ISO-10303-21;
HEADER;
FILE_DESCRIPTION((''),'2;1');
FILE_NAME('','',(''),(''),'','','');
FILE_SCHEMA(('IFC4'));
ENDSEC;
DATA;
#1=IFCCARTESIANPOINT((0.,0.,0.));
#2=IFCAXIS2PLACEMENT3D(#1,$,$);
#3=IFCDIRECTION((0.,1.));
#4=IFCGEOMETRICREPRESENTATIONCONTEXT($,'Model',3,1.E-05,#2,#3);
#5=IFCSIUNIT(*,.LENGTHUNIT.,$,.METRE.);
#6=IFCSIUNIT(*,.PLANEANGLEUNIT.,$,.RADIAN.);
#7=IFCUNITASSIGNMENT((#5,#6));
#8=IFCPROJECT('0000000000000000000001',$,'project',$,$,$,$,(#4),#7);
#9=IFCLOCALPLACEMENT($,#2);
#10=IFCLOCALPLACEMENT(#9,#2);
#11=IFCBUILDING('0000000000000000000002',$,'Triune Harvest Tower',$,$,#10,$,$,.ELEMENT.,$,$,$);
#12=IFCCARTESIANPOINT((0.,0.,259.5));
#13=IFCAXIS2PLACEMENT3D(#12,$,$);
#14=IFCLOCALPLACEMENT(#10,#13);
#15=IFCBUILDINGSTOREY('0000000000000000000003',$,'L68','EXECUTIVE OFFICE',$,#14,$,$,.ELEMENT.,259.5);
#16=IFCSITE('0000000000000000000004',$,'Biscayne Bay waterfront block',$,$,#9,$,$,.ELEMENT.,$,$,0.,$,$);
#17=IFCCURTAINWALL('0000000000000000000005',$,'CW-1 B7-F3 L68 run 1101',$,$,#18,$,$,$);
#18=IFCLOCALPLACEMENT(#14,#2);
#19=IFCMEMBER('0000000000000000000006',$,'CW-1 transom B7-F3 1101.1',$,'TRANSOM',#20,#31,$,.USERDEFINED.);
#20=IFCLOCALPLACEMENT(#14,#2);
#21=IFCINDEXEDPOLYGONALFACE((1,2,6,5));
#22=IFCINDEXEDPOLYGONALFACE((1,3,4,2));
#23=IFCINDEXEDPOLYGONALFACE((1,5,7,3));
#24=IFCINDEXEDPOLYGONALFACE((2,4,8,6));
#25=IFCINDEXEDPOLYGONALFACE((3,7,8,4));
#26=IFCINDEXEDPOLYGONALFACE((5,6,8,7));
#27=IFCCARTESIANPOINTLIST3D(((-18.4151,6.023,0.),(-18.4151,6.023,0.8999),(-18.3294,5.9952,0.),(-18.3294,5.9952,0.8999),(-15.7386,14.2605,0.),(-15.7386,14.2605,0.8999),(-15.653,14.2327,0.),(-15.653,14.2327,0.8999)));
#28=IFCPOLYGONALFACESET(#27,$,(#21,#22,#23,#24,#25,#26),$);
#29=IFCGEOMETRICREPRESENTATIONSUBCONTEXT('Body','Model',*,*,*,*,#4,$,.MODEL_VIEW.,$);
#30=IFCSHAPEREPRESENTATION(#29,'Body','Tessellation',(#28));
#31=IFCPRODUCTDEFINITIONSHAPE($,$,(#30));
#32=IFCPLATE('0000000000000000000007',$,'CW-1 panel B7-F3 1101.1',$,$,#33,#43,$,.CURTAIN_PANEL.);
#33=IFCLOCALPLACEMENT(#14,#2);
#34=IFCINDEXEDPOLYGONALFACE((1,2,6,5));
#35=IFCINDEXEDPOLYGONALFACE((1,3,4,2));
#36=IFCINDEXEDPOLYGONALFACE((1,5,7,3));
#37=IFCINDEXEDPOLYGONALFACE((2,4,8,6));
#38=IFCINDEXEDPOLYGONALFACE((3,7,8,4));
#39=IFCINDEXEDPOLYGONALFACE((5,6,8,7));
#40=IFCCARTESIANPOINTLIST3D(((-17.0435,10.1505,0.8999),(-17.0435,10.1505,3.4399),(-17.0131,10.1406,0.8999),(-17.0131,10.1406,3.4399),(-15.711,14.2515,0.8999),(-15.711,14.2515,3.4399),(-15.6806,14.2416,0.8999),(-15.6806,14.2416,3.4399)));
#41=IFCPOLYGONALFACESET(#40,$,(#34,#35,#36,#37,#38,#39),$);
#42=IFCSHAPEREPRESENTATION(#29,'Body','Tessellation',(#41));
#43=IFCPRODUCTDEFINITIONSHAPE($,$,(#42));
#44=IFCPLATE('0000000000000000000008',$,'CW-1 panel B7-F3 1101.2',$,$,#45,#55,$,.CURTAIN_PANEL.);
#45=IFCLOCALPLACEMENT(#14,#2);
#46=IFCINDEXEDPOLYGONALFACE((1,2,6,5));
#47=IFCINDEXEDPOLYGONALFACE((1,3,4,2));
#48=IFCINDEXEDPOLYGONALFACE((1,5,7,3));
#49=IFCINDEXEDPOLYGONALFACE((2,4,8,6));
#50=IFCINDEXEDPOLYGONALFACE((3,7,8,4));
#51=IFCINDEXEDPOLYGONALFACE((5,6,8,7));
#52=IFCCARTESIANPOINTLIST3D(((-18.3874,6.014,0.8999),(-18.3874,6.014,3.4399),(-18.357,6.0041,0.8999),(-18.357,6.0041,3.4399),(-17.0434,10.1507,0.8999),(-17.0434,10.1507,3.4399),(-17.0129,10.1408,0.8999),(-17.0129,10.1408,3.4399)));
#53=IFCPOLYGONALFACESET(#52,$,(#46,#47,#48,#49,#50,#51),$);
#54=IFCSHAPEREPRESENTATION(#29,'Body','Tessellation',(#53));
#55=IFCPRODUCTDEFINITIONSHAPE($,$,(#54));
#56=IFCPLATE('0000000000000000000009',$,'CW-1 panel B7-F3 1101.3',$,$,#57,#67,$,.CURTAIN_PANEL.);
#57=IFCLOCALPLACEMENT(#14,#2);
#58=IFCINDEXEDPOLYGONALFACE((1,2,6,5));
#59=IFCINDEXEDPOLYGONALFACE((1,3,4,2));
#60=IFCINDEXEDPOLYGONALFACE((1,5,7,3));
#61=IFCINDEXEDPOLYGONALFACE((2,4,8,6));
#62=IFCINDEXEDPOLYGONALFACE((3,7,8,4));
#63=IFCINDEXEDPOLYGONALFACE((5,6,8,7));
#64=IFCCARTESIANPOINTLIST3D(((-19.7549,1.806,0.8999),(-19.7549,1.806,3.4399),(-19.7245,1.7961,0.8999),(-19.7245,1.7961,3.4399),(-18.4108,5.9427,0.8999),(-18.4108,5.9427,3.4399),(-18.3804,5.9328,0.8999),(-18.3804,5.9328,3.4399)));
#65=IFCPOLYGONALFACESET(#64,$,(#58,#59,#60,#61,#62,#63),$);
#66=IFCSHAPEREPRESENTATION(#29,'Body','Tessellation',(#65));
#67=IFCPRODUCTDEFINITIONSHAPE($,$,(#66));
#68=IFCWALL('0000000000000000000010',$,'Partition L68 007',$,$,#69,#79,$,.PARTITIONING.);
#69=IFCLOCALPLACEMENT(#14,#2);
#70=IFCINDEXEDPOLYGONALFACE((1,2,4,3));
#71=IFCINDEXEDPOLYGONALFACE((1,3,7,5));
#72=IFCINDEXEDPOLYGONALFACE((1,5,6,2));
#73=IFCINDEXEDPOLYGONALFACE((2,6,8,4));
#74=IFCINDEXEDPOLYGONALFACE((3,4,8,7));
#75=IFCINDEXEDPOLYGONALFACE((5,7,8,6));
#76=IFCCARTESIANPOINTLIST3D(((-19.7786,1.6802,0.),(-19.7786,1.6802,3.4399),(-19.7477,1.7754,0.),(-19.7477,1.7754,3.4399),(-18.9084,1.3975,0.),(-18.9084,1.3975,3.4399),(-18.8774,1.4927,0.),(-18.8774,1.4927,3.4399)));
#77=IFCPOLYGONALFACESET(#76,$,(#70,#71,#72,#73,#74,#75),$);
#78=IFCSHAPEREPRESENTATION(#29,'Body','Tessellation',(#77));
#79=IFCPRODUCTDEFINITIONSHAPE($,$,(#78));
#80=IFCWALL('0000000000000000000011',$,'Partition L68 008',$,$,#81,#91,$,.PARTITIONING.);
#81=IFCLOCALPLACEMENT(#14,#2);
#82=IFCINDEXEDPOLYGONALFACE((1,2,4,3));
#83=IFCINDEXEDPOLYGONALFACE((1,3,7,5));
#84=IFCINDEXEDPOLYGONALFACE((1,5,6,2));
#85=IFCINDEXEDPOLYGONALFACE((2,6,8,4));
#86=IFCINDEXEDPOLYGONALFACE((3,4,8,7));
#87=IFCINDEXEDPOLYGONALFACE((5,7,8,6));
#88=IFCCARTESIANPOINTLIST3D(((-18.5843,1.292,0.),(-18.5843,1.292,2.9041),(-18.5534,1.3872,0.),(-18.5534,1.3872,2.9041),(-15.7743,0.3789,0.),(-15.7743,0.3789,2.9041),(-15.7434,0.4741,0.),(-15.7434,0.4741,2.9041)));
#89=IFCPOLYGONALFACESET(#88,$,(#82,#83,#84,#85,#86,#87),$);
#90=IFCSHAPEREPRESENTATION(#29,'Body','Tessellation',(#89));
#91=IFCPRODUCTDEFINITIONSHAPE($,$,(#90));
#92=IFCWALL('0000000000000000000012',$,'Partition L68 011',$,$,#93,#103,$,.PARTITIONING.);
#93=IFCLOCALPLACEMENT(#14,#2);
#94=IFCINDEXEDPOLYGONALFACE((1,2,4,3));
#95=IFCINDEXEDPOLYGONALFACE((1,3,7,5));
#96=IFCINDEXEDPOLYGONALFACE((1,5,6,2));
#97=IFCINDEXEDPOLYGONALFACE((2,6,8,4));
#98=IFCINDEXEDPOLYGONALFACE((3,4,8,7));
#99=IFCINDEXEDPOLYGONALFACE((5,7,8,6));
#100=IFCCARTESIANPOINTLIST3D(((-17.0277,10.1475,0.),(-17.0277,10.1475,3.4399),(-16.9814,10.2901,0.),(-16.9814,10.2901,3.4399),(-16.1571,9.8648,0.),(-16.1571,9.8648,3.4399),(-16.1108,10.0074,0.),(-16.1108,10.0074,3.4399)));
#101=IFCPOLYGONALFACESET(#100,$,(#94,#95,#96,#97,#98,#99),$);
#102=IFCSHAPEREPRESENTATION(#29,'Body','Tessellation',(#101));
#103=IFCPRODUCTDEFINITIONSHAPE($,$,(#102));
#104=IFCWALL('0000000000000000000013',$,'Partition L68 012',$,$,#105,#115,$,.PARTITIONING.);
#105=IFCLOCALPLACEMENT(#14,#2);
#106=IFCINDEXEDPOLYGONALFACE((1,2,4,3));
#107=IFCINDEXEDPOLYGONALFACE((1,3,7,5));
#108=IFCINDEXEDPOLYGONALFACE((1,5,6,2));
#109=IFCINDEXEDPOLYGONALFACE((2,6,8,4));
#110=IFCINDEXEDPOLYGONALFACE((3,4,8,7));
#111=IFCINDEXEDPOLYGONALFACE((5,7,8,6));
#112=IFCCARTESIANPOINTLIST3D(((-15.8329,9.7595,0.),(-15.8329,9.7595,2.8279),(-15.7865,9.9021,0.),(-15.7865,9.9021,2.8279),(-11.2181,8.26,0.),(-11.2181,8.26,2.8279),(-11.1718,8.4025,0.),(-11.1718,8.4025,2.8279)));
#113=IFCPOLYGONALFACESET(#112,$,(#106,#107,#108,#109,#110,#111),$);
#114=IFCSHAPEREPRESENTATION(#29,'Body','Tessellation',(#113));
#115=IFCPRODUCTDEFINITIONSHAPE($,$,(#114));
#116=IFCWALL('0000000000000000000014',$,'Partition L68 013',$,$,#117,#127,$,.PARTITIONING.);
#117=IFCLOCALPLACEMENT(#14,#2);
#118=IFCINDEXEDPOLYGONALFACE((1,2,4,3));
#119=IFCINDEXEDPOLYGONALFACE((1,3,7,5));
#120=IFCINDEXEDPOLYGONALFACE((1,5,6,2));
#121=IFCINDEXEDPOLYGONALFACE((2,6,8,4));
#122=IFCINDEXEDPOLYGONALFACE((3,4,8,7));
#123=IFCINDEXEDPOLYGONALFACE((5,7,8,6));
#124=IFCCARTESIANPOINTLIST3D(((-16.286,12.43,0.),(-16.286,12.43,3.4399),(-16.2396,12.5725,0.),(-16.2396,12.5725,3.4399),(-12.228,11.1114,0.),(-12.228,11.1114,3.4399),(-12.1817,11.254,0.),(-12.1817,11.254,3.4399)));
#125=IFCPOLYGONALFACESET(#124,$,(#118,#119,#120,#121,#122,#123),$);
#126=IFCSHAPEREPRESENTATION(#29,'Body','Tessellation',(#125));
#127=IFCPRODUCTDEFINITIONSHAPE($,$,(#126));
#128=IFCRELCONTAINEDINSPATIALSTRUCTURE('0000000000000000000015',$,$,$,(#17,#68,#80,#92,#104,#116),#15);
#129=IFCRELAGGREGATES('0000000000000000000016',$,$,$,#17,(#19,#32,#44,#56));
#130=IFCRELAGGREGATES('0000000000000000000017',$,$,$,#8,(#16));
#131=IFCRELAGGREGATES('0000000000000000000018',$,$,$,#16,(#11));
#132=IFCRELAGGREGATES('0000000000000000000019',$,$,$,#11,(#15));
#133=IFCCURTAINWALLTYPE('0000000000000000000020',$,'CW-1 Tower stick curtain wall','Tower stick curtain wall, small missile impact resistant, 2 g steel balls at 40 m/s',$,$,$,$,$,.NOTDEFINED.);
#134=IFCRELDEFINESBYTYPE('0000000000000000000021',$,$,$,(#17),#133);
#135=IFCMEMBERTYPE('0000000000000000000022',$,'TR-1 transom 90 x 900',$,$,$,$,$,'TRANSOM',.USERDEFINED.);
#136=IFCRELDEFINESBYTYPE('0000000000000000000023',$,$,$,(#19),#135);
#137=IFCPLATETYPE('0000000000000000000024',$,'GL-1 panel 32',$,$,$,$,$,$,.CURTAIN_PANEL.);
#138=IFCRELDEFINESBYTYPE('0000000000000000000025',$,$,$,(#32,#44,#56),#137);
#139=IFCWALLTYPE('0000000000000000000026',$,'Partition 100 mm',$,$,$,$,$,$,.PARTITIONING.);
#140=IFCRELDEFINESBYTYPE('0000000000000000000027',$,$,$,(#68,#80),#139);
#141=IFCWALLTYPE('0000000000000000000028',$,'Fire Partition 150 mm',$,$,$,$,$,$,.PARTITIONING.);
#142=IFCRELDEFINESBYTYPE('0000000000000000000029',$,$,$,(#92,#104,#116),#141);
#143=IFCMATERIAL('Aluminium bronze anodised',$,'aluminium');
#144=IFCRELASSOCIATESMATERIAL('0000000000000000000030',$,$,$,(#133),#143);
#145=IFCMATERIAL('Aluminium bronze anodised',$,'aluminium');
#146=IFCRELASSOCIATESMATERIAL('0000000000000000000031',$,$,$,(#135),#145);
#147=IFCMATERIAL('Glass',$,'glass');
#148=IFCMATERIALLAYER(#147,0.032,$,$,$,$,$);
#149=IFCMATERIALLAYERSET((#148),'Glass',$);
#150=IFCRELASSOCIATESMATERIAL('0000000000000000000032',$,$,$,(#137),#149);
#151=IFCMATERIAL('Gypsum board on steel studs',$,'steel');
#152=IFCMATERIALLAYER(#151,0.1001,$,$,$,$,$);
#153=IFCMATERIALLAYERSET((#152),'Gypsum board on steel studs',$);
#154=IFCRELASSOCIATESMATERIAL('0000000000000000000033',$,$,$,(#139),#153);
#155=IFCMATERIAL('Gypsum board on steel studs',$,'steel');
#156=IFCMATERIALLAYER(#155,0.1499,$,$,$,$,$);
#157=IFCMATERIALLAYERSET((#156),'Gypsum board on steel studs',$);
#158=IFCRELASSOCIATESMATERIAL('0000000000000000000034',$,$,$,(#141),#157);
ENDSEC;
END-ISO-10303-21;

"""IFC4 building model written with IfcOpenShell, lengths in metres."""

from ifc_helpers import new_model, si_unit, direction, frame, frame_2d, origin, origin_2d, place, context, subcontext, project, spatial, rectangle, extrude, source, transform, mapped, material, layer, layer_set, material_profile, profile_set, type_object, element, aggregate, save


model = new_model("IFC4")

# Units and contexts
model_context = context("Model", 3, precision=1e-05, world=origin(), true_north=direction((0.0, 1.0)))
body_context = subcontext(model_context, "Body", "Model", "MODEL_VIEW")
ifc_project = project(units=[si_unit("LENGTHUNIT", "METRE"), si_unit("PLANEANGLEUNIT", "RADIAN")], contexts=[model_context])

# Site, building, storey
site_placement = place(None, origin())
site = spatial("IfcSite", under=ifc_project, at=site_placement, Name="Biscayne Bay waterfront block", CompositionType="ELEMENT", RefElevation=0.0)
building_placement = place(site_placement, origin())
building = spatial("IfcBuilding", under=site, at=building_placement, Name="Triune Harvest Tower", CompositionType="ELEMENT")
storey_placement = place(building_placement, frame((0.0, 0.0, 259.5)))
storey = spatial("IfcBuildingStorey", under=building, at=storey_placement, Name="L68", Description="EXECUTIVE OFFICE", CompositionType="ELEMENT", Elevation=259.5)

# Curtain wall, member, plates
ifc_material_1 = material(Name="Aluminium bronze anodised", Category="aluminium")
curtain_wall_type = type_object("IfcCurtainWallType", Name="CW-1 Tower stick curtain wall", Description="Tower stick curtain wall, small missile impact resistant, 2 g steel balls at 40 m/s", PredefinedType="NOTDEFINED", material=ifc_material_1)
curtain_wall_placement = place(storey_placement, origin())
curtain_wall = element("IfcCurtainWall", 1, at=curtain_wall_placement, inside=storey, type_object=curtain_wall_type, Name="CW-1 B7-F3 L68 run 1101")
ifc_material_2 = material(Name="Aluminium bronze anodised", Category="aluminium")
ifc_material_profile_1 = material_profile(ifc_material_2, rectangle(XDim=0.0901, YDim=0.8999, at=origin_2d()), Name="TR-1 transom 90 x 900")
ifc_profile_set_1 = profile_set([ifc_material_profile_1], Name="Aluminium bronze anodised")
member_type_1 = type_object("IfcMemberType", Name="TR-1 transom 90 x 900", ElementType="TRANSOM", PredefinedType="USERDEFINED", material=ifc_profile_set_1)
shared_shape_1 = source(origin(), body_context, "Body", "SweptSolid", [
    extrude(rectangle(XDim=0.0901, YDim=0.8999, at=origin_2d()), origin(), (0.0, 0.0, 1.0), 8.6614),
])
member_1_placement = place(storey_placement, frame((-15.6958, 14.2466, 0.45), z_axis=(-0.309014, -0.951057, 0.0), x_axis=(0.951057, -0.309014, 0.0)))
member_1 = element("IfcMember", 2, at=member_1_placement, type_object=member_type_1, Name="CW-1 transom B7-F3 1101.1", ObjectType="TRANSOM", PredefinedType="USERDEFINED", context=body_context, shape_type="MappedRepresentation", body=[
    mapped(shared_shape_1, transform((0.0, 0.0, 0.0), scale=1.0)),
])
ifc_material_3 = material(Name="Glass", Category="glass")
ifc_layer_1 = layer(ifc_material_3, 0.032)
ifc_layer_set_1 = layer_set([ifc_layer_1], Name="Glass")
plate_type = type_object("IfcPlateType", Name="GL-1 panel 32", PredefinedType="CURTAIN_PANEL", material=ifc_layer_set_1)
shared_shape_2 = source(origin(), body_context, "Body", "SweptSolid", [
    extrude(rectangle(XDim=4.312, YDim=0.032, at=origin_2d()), origin(), (0.0, 0.0, 1.0), 2.54),
])
plate_1_placement = place(storey_placement, frame((-16.3621, 12.196, 0.8999), z_axis=(0.0, 0.0, 1.0), x_axis=(-0.309014, -0.951057, 0.0)))
plate_1 = element("IfcPlate", 3, at=plate_1_placement, type_object=plate_type, Name="CW-1 panel B7-F3 1101.1", PredefinedType="CURTAIN_PANEL", context=body_context, shape_type="MappedRepresentation", body=[
    mapped(shared_shape_2, transform((0.0, 0.0, 0.0), scale=1.0)),
])
shared_shape_3 = source(origin(), body_context, "Body", "SweptSolid", [
    extrude(rectangle(XDim=4.3496, YDim=0.032, at=origin_2d()), origin(), (0.0, 0.0, 1.0), 2.54),
])
plate_2_placement = place(storey_placement, frame((-17.7002, 8.0774, 0.8999), z_axis=(0.0, 0.0, 1.0), x_axis=(-0.309014, -0.951057, 0.0)))
plate_2 = element("IfcPlate", 4, at=plate_2_placement, type_object=plate_type, Name="CW-1 panel B7-F3 1101.2", PredefinedType="CURTAIN_PANEL", context=body_context, shape_type="MappedRepresentation", body=[
    mapped(shared_shape_3, transform((0.0, 0.0, 0.0), scale=1.0)),
])
plate_3_placement = place(storey_placement, frame((-19.0676, 3.8694, 0.8999), z_axis=(0.0, 0.0, 1.0), x_axis=(-0.309014, -0.951057, 0.0)))
plate_3 = element("IfcPlate", 5, at=plate_3_placement, type_object=plate_type, Name="CW-1 panel B7-F3 1101.3", PredefinedType="CURTAIN_PANEL", context=body_context, shape_type="MappedRepresentation", body=[
    mapped(shared_shape_3, transform((0.0, 0.0, 0.0), scale=1.0)),
])
aggregate(curtain_wall, [member_1, plate_1, plate_2, plate_3])

# Walls
ifc_material_4 = material(Name="Gypsum board on steel studs", Category="steel")
ifc_layer_2 = layer(ifc_material_4, 0.1001)
ifc_layer_set_2 = layer_set([ifc_layer_2], Name="Gypsum board on steel studs")
wall_type_1 = type_object("IfcWallType", Name="Partition 100 mm", PredefinedType="PARTITIONING", material=ifc_layer_set_2)
shared_shape_4 = source(origin(), body_context, "Body", "SweptSolid", [
    extrude(rectangle(XDim=0.915, YDim=0.1001, at=frame_2d((0.4575, 0.0))), origin(), (0.0, 0.0, 1.0), 3.4399),
])
wall_1_placement = place(storey_placement, frame((-19.7632, 1.7278, 0.0), z_axis=(0.0, 0.0, 1.0), x_axis=(0.951083, -0.308935, 0.0)))
element("IfcWall", 6, at=wall_1_placement, inside=storey, type_object=wall_type_1, Name="Partition L68 007", PredefinedType="PARTITIONING", context=body_context, shape_type="MappedRepresentation", body=[
    mapped(shared_shape_4, transform((0.0, 0.0, 0.0), scale=1.0)),
])
shared_shape_5 = source(origin(), body_context, "Body", "SweptSolid", [
    extrude(rectangle(XDim=2.9546, YDim=0.1001, at=frame_2d((1.4773, 0.0))), origin(), (0.0, 0.0, 1.0), 2.9041),
])
wall_2_placement = place(storey_placement, frame((-18.5688, 1.3396, 0.0), z_axis=(0.0, 0.0, 1.0), x_axis=(0.951052, -0.30903, 0.0)))
element("IfcWall", 7, at=wall_2_placement, inside=storey, type_object=wall_type_1, Name="Partition L68 008", PredefinedType="PARTITIONING", context=body_context, shape_type="MappedRepresentation", body=[
    mapped(shared_shape_5, transform((0.0, 0.0, 0.0), scale=1.0)),
])
ifc_material_5 = material(Name="Gypsum board on steel studs", Category="steel")
ifc_layer_3 = layer(ifc_material_5, 0.1499)
ifc_layer_set_3 = layer_set([ifc_layer_3], Name="Gypsum board on steel studs")
wall_type_2 = type_object("IfcWallType", Name="Fire Partition 150 mm", PredefinedType="PARTITIONING", material=ifc_layer_set_3)
shared_shape_6 = source(origin(), body_context, "Body", "SweptSolid", [
    extrude(rectangle(XDim=0.9153, YDim=0.1499, at=frame_2d((0.4575, 0.0))), origin(), (0.0, 0.0, 1.0), 3.4399),
])
wall_3_placement = place(storey_placement, frame((-17.0044, 10.2188, 0.0), z_axis=(0.0, 0.0, 1.0), x_axis=(0.951109, -0.308857, 0.0)))
element("IfcWall", 8, at=wall_3_placement, inside=storey, type_object=wall_type_2, Name="Partition L68 011", PredefinedType="PARTITIONING", context=body_context, shape_type="MappedRepresentation", body=[
    mapped(shared_shape_6, transform((0.0, 0.0, 0.0), scale=1.0)),
])
shared_shape_7 = source(origin(), body_context, "Body", "SweptSolid", [
    extrude(rectangle(XDim=4.8523, YDim=0.1499, at=frame_2d((2.4263, 0.0))), origin(), (0.0, 0.0, 1.0), 2.8279),
])
wall_4_placement = place(storey_placement, frame((-15.8098, 9.8308, 0.0), z_axis=(0.0, 0.0, 1.0), x_axis=(0.951051, -0.309034, 0.0)))
element("IfcWall", 9, at=wall_4_placement, inside=storey, type_object=wall_type_2, Name="Partition L68 012", PredefinedType="PARTITIONING", context=body_context, shape_type="MappedRepresentation", body=[
    mapped(shared_shape_7, transform((0.0, 0.0, 0.0), scale=1.0)),
])
shared_shape_8 = source(origin(), body_context, "Body", "SweptSolid", [
    extrude(rectangle(XDim=4.2668, YDim=0.1499, at=frame_2d((2.1333, 0.0))), origin(), (0.0, 0.0, 1.0), 3.4399),
])
wall_5_placement = place(storey_placement, frame((-16.2627, 12.5012, 0.0), z_axis=(0.0, 0.0, 1.0), x_axis=(0.951053, -0.309027, 0.0)))
element("IfcWall", 10, at=wall_5_placement, inside=storey, type_object=wall_type_2, Name="Partition L68 013", PredefinedType="PARTITIONING", context=body_context, shape_type="MappedRepresentation", body=[
    mapped(shared_shape_8, transform((0.0, 0.0, 0.0), scale=1.0)),
])

save(model, "model.ifc")
